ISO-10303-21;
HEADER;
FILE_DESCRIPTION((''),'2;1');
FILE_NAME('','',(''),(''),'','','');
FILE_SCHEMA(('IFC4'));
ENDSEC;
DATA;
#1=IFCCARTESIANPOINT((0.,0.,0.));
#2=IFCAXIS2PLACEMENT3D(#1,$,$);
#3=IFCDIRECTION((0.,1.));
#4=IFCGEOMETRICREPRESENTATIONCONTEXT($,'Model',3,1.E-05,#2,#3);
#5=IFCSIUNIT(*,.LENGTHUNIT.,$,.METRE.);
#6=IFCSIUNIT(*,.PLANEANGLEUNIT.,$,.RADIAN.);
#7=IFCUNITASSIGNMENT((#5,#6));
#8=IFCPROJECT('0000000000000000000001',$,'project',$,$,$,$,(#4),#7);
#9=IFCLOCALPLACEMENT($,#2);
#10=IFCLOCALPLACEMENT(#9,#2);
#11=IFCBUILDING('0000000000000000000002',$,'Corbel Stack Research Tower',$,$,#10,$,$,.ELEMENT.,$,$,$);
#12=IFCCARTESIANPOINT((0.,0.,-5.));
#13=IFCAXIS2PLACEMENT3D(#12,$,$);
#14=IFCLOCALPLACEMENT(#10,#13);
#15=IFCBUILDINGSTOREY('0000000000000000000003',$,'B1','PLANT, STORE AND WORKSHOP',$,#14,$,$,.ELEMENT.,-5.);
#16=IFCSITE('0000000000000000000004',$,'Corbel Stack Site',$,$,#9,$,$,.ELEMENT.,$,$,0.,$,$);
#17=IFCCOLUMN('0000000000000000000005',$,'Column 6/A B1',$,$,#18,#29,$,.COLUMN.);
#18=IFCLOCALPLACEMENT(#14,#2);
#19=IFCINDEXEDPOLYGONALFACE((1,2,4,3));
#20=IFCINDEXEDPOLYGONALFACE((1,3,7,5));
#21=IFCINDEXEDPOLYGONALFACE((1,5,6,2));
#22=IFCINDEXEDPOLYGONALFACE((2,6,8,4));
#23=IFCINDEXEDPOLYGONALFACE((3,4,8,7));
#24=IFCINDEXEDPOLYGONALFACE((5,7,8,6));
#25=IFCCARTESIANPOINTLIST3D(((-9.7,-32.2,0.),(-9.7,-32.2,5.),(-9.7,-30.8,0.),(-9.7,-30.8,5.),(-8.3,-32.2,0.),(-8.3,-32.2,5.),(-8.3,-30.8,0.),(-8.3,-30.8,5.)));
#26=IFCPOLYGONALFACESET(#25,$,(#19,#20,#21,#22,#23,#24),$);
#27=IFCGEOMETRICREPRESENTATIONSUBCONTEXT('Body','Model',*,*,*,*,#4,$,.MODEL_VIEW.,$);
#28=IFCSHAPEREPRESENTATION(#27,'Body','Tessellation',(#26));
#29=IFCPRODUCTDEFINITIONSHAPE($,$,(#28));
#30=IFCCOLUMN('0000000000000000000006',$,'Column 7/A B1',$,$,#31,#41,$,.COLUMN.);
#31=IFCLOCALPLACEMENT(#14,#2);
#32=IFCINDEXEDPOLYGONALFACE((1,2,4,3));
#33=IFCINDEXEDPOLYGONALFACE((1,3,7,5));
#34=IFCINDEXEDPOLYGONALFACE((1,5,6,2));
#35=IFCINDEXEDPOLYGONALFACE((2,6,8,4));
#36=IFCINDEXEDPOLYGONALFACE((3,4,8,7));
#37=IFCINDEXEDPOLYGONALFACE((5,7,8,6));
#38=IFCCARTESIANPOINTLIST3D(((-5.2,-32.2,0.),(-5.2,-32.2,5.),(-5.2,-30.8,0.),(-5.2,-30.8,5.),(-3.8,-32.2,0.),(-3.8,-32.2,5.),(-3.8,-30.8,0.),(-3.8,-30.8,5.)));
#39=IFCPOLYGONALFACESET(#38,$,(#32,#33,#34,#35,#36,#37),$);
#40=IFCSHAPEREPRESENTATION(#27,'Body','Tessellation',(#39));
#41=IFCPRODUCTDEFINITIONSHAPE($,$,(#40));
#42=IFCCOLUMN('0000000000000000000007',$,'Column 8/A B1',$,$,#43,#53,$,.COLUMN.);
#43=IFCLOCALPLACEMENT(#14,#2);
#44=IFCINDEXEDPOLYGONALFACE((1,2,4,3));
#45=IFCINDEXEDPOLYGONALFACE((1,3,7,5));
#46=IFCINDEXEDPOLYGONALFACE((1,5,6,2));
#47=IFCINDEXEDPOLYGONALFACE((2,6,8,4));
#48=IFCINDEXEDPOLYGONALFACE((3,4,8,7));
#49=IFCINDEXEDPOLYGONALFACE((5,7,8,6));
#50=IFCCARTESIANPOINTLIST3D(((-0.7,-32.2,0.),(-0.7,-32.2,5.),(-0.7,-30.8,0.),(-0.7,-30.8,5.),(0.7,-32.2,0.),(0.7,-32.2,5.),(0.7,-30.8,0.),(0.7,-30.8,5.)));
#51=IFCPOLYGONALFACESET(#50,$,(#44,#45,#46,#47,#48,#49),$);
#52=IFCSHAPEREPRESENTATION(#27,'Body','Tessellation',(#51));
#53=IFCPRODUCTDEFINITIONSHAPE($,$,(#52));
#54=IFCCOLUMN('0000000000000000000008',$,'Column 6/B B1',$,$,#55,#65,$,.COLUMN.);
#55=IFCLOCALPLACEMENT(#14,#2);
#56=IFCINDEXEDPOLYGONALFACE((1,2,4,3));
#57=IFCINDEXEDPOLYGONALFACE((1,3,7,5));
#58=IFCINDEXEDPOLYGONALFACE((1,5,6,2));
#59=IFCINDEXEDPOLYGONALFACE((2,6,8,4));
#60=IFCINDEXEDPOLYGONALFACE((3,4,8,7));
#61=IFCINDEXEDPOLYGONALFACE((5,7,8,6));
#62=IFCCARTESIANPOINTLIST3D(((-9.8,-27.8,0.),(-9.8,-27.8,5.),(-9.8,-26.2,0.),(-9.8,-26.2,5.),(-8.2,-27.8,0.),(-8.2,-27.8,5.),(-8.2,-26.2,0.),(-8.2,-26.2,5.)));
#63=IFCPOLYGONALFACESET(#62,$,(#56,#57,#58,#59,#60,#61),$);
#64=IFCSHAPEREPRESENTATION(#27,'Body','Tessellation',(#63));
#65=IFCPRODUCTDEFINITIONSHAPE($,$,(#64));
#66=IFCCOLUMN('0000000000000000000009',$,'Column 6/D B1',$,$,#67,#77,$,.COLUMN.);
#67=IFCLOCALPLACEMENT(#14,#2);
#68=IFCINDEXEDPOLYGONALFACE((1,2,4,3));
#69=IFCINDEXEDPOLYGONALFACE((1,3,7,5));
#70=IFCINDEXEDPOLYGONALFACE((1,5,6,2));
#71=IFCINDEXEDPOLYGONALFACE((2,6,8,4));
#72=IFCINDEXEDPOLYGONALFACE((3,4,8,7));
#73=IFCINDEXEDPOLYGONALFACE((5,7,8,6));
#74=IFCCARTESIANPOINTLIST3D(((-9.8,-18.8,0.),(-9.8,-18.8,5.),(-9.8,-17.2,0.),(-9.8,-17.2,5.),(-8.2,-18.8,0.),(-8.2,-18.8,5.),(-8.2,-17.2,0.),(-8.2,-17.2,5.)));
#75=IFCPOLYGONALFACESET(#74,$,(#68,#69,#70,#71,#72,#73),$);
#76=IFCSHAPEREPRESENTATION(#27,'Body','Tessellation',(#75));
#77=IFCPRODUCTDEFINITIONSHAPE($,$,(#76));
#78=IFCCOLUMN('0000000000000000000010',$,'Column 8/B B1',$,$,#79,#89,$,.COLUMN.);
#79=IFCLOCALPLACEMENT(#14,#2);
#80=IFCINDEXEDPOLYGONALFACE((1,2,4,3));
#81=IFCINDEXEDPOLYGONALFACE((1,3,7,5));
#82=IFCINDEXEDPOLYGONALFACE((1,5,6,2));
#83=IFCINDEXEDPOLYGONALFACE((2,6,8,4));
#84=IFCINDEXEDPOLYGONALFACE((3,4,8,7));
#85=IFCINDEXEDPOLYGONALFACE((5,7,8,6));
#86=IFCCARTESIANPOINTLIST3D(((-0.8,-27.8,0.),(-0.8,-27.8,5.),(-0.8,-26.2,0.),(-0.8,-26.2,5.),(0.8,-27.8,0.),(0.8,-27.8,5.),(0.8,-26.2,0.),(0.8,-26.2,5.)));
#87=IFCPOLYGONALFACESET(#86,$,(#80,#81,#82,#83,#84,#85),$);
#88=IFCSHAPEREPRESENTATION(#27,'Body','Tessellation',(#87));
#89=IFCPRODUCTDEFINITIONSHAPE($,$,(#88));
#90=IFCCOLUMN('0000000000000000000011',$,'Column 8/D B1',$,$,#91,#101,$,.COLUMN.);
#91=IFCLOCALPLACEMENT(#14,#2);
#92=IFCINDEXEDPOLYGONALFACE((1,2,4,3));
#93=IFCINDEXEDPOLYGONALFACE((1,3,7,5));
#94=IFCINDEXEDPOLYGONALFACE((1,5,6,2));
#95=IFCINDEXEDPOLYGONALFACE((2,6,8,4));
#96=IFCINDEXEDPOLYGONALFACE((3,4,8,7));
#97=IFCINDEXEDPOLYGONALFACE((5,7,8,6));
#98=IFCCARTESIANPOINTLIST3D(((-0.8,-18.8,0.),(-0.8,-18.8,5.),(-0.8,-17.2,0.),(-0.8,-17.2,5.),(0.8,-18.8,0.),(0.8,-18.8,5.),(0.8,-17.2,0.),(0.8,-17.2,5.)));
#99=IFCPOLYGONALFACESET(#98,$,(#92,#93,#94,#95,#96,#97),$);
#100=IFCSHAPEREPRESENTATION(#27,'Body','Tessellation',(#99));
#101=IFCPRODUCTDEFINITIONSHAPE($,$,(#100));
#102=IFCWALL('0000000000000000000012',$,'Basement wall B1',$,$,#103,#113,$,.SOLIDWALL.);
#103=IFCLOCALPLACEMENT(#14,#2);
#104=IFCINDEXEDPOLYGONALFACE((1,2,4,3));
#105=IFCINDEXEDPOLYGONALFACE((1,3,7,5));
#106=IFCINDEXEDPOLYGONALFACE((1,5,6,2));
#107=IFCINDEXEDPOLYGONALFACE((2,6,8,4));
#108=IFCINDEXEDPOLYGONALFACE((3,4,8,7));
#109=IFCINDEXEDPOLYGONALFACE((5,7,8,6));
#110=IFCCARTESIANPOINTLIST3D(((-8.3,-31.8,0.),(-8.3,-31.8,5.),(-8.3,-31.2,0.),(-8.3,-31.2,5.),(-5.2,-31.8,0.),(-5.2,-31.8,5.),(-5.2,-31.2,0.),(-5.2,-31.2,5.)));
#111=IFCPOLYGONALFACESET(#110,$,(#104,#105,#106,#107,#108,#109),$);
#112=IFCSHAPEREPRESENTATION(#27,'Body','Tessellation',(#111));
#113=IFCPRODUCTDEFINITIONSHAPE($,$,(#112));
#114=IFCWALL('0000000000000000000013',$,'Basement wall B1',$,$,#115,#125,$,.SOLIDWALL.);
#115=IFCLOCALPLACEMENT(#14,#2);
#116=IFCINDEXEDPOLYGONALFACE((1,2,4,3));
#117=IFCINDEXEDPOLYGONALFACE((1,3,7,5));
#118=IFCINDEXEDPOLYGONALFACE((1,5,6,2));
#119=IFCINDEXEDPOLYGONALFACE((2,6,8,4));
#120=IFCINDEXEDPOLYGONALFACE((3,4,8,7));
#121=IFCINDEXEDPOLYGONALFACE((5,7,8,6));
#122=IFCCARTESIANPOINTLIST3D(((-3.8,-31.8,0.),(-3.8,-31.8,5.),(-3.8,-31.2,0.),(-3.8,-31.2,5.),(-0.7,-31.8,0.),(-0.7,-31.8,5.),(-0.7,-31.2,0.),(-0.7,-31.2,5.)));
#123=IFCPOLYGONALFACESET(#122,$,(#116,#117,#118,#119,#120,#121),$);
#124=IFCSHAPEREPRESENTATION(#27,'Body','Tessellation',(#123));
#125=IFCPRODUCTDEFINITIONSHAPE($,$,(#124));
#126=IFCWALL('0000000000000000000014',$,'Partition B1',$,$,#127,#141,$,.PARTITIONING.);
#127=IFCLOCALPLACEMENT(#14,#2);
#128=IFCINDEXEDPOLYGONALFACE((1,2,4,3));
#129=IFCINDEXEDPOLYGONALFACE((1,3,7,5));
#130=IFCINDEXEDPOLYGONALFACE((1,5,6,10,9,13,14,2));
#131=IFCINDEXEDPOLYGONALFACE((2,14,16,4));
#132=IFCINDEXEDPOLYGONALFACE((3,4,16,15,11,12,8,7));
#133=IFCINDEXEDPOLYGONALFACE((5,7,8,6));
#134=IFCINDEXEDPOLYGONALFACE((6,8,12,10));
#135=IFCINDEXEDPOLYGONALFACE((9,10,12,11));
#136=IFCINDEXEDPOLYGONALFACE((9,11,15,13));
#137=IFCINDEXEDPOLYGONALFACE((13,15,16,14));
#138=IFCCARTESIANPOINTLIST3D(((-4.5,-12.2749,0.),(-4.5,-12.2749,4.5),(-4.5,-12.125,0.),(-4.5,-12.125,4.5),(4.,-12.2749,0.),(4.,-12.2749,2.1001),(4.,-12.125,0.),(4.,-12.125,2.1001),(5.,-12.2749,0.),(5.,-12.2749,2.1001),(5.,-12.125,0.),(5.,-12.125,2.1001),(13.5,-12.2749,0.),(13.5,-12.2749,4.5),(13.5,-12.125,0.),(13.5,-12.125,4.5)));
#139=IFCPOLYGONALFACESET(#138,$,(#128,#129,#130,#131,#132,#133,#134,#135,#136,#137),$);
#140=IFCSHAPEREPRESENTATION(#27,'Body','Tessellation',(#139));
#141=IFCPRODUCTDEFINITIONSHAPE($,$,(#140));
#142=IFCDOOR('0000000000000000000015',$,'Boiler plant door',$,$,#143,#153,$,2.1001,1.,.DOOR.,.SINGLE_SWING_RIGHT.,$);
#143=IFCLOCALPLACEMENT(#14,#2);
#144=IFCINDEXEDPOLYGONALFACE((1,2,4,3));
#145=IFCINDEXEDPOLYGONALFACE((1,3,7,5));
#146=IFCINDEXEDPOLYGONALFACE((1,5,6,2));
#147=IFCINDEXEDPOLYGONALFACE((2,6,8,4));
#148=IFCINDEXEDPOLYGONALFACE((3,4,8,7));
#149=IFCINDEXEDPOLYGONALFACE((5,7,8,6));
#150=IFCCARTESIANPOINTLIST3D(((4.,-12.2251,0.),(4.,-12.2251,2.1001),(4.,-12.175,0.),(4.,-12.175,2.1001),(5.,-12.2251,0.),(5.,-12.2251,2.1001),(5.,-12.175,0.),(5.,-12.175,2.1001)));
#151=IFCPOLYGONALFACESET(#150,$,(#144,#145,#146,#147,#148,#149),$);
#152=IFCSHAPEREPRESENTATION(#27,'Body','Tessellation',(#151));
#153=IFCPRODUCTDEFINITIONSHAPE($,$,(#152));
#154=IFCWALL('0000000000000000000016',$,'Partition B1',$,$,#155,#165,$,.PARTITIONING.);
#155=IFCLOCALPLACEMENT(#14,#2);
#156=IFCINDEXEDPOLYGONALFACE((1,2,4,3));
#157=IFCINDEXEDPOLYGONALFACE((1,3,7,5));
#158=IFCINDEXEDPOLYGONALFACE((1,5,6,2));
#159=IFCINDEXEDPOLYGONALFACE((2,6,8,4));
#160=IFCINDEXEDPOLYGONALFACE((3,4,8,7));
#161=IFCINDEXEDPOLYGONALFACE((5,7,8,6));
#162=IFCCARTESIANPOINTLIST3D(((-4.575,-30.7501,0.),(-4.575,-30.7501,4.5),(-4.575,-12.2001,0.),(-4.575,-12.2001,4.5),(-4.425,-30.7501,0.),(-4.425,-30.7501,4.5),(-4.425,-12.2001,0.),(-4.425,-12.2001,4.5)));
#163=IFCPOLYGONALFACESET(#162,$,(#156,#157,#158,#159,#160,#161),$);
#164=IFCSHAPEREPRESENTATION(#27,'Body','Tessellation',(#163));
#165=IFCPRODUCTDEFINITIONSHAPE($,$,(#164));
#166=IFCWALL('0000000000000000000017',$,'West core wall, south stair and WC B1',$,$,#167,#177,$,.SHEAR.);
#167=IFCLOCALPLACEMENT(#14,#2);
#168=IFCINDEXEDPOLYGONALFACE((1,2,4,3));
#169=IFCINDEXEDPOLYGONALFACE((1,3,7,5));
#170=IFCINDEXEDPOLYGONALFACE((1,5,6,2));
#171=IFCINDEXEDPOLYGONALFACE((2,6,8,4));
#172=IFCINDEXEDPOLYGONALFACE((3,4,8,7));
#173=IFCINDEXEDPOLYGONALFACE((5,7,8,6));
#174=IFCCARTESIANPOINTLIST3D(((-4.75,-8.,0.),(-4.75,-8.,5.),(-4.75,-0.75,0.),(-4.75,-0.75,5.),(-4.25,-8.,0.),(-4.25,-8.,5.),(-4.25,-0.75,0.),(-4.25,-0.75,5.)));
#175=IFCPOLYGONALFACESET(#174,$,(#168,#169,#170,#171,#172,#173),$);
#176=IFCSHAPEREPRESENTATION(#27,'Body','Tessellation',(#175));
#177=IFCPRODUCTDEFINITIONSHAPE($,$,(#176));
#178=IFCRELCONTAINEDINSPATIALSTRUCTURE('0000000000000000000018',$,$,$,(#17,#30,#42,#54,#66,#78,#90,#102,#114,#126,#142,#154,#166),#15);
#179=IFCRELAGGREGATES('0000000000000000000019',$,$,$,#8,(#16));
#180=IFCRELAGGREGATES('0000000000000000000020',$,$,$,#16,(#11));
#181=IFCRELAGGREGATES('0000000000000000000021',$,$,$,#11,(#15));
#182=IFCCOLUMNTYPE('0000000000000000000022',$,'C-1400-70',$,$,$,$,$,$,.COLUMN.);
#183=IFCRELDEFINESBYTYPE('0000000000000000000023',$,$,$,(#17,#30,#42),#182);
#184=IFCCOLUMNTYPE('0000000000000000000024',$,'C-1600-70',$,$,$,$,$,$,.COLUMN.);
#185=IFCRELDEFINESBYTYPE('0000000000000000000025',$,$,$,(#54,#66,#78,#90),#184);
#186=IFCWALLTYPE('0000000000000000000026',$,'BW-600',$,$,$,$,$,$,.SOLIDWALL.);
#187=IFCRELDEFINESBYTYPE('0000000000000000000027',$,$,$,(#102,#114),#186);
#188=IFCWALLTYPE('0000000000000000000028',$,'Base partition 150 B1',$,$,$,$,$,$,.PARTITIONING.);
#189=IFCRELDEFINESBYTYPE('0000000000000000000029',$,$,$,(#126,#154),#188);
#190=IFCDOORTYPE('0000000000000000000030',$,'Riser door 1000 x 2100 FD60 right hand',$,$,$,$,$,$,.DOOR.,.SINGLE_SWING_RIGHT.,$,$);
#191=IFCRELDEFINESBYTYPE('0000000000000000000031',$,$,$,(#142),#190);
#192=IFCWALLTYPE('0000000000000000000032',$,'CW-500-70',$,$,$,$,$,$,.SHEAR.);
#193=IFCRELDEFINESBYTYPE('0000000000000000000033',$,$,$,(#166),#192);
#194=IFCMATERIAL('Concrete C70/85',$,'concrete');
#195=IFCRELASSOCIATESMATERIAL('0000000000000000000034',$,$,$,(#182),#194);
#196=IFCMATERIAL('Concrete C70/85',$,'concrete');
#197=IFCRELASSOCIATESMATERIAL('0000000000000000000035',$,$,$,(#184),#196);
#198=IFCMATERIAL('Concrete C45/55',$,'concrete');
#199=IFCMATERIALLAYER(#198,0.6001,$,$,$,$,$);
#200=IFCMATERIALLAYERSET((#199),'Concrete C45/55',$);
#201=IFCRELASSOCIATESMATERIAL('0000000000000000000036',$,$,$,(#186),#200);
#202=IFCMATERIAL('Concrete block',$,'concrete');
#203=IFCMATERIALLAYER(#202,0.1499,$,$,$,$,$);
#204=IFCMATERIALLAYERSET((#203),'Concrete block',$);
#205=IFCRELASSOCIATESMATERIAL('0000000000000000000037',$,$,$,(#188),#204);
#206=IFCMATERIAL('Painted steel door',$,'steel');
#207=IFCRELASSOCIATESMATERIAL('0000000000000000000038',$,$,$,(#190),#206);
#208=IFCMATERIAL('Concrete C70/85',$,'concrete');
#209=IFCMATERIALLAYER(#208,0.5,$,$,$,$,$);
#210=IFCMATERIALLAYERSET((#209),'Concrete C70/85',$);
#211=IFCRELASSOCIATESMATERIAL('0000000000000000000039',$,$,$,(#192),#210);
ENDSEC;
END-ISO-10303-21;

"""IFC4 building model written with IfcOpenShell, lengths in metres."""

from ifc_helpers import new_model, si_unit, direction, frame, frame_2d, origin, origin_2d, place, context, subcontext, project, spatial, rectangle, extrude, material, layer, layer_set, material_profile, profile_set, type_object, element, fill, save


model = new_model("IFC4")

# Units and contexts
model_context = context("Model", 3, precision=1e-05, world=origin(), true_north=direction((0.0, 1.0)))
body_context = subcontext(model_context, "Body", "Model", "MODEL_VIEW")
ifc_project = project(units=[si_unit("LENGTHUNIT", "METRE"), si_unit("PLANEANGLEUNIT", "RADIAN")], contexts=[model_context])

# Site, building, storey
site_placement = place(None, origin())
site = spatial("IfcSite", under=ifc_project, at=site_placement, Name="Corbel Stack Site", CompositionType="ELEMENT", RefElevation=0.0)
building_placement = place(site_placement, origin())
building = spatial("IfcBuilding", under=site, at=building_placement, Name="Corbel Stack Research Tower", CompositionType="ELEMENT")
storey_placement = place(building_placement, frame((0.0, 0.0, -5.0)))
storey = spatial("IfcBuildingStorey", under=building, at=storey_placement, Name="B1", Description="PLANT, STORE AND WORKSHOP", CompositionType="ELEMENT", Elevation=-5.0)

# Columns
ifc_material_1 = material(Name="Concrete C70/85", Category="concrete")
ifc_material_profile_1 = material_profile(ifc_material_1, rectangle(XDim=1.3999, YDim=1.3999, at=origin_2d()), Name="RC 1400 x 1400")
ifc_profile_set_1 = profile_set([ifc_material_profile_1], Name="Concrete C70/85")
column_type_1 = type_object("IfcColumnType", Name="C-1400-70", PredefinedType="COLUMN", material=ifc_profile_set_1)
for number, where, z_axis, x_axis, name in (
    (1, (-9.0, -31.5, 0.0), (0.0, 0.0, 1.0), (1.0, 0.0, 0.0), "Column 6/A B1"),
    (2, (-4.5, -31.5, 0.0), (0.0, 0.0, 1.0), (1.0, 0.0, 0.0), "Column 7/A B1"),
    (3, (0.0, -31.5, 0.0), (0.0, 0.0, 1.0), (1.0, 0.0, 0.0), "Column 8/A B1"),
):
    element("IfcColumn", number, at=place(storey_placement, frame(where, z_axis=z_axis, x_axis=x_axis)), inside=storey, type_object=column_type_1, Name=name, PredefinedType="COLUMN", context=body_context, shape_type="SweptSolid", body=[
        extrude(rectangle(XDim=1.3999, YDim=1.3999, at=origin_2d()), origin(), (0.0, 0.0, 1.0), 5.0),
    ])
ifc_material_2 = material(Name="Concrete C70/85", Category="concrete")
ifc_material_profile_2 = material_profile(ifc_material_2, rectangle(XDim=1.6001, YDim=1.6001, at=origin_2d()), Name="RC 1600 x 1600")
ifc_profile_set_2 = profile_set([ifc_material_profile_2], Name="Concrete C70/85")
column_type_2 = type_object("IfcColumnType", Name="C-1600-70", PredefinedType="COLUMN", material=ifc_profile_set_2)
for number, where, z_axis, x_axis, name in (
    (4, (-9.0, -27.0, 0.0), (0.0, 0.0, 1.0), (1.0, 0.0, 0.0), "Column 6/B B1"),
    (5, (-9.0, -18.0, 0.0), (0.0, 0.0, 1.0), (1.0, 0.0, 0.0), "Column 6/D B1"),
    (6, (0.0, -27.0, 0.0), (0.0, 0.0, 1.0), (1.0, 0.0, 0.0), "Column 8/B B1"),
    (7, (0.0, -18.0, 0.0), (0.0, 0.0, 1.0), (1.0, 0.0, 0.0), "Column 8/D B1"),
):
    element("IfcColumn", number, at=place(storey_placement, frame(where, z_axis=z_axis, x_axis=x_axis)), inside=storey, type_object=column_type_2, Name=name, PredefinedType="COLUMN", context=body_context, shape_type="SweptSolid", body=[
        extrude(rectangle(XDim=1.6001, YDim=1.6001, at=origin_2d()), origin(), (0.0, 0.0, 1.0), 5.0),
    ])

# Walls
ifc_material_3 = material(Name="Concrete C45/55", Category="concrete")
ifc_layer_1 = layer(ifc_material_3, 0.6001)
ifc_layer_set_1 = layer_set([ifc_layer_1], Name="Concrete C45/55")
wall_type_1 = type_object("IfcWallType", Name="BW-600", PredefinedType="SOLIDWALL", material=ifc_layer_set_1)
for number, where, z_axis, x_axis, name in (
    (8, (-8.3, -31.5, 0.0), (0.0, 0.0, 1.0), (1.0, 0.0, 0.0), "Basement wall B1"),
    (9, (-3.8, -31.5, 0.0), (0.0, 0.0, 1.0), (1.0, 0.0, 0.0), "Basement wall B1"),
):
    element("IfcWall", number, at=place(storey_placement, frame(where, z_axis=z_axis, x_axis=x_axis)), inside=storey, type_object=wall_type_1, Name=name, PredefinedType="SOLIDWALL", context=body_context, shape_type="SweptSolid", body=[
        extrude(rectangle(XDim=3.1001, YDim=0.6001, at=frame_2d((1.55, 0.0))), origin(), (0.0, 0.0, 1.0), 5.0),
    ])

# Wall, opening, door
ifc_material_4 = material(Name="Concrete block", Category="concrete")
ifc_layer_2 = layer(ifc_material_4, 0.1499)
ifc_layer_set_2 = layer_set([ifc_layer_2], Name="Concrete block")
wall_type_2 = type_object("IfcWallType", Name="Base partition 150 B1", PredefinedType="PARTITIONING", material=ifc_layer_set_2)
wall_1_placement = place(storey_placement, frame((-4.5, -12.2, 0.0), z_axis=(0.0, 0.0, 1.0), x_axis=(1.0, 0.0, 0.0)))
wall_1 = element("IfcWall", 10, at=wall_1_placement, inside=storey, type_object=wall_type_2, Name="Partition B1", PredefinedType="PARTITIONING", context=body_context, shape_type="SweptSolid", body=[
    extrude(rectangle(XDim=18.0, YDim=0.1499, at=frame_2d((9.0, 0.0))), origin(), (0.0, 0.0, 1.0), 4.5),
])
opening_1_placement = place(wall_1_placement, frame((8.5, 0.0, 0.0)))
opening_1 = element("IfcOpeningElement", 11, at=opening_1_placement, cuts=wall_1, PredefinedType="OPENING", context=body_context, shape_type="SweptSolid", body=[
    extrude(rectangle(XDim=1.0, YDim=2.1001, at=frame_2d((0.5, 1.05))), frame((0.0, 0.085, 0.0), z_axis=(0.0, -1.0, 0.0), x_axis=(1.0, 0.0, 0.0)), (0.0, 0.0, 1.0), 0.1699),
])
ifc_material_5 = material(Name="Painted steel door", Category="steel")
door_type_1 = type_object("IfcDoorType", Name="Riser door 1000 x 2100 FD60 right hand", OperationType="SINGLE_SWING_RIGHT", PredefinedType="DOOR", material=ifc_material_5)
door_1_placement = place(opening_1_placement, origin())
door_1 = element("IfcDoor", 12, at=door_1_placement, inside=storey, type_object=door_type_1, Name="Boiler plant door", OperationType="SINGLE_SWING_RIGHT", OverallHeight=2.1001, OverallWidth=1.0, PredefinedType="DOOR", context=body_context, shape_type="SweptSolid", body=[
    extrude(rectangle(XDim=1.0, YDim=2.1001, at=frame_2d((0.5, 1.05))), frame((0.0, 0.0249, 0.0), z_axis=(0.0, -1.0, 0.0), x_axis=(1.0, 0.0, 0.0)), (0.0, 0.0, 1.0), 0.05),
])
fill(opening_1, door_1)

# Walls
wall_2_placement = place(storey_placement, frame((-4.5, -30.75, 0.0), z_axis=(0.0, 0.0, 1.0), x_axis=(0.0, 1.0, 0.0)))
element("IfcWall", 13, at=wall_2_placement, inside=storey, type_object=wall_type_2, Name="Partition B1", PredefinedType="PARTITIONING", context=body_context, shape_type="SweptSolid", body=[
    extrude(rectangle(XDim=18.55, YDim=0.1499, at=frame_2d((9.2749, 0.0))), origin(), (0.0, 0.0, 1.0), 4.5),
])
ifc_material_6 = material(Name="Concrete C70/85", Category="concrete")
ifc_layer_3 = layer(ifc_material_6, 0.5)
ifc_layer_set_3 = layer_set([ifc_layer_3], Name="Concrete C70/85")
wall_type_3 = type_object("IfcWallType", Name="CW-500-70", PredefinedType="SHEAR", material=ifc_layer_set_3)
wall_3_placement = place(storey_placement, frame((-4.5, -8.0, 0.0), z_axis=(0.0, 0.0, 1.0), x_axis=(0.0, 1.0, 0.0)))
element("IfcWall", 14, at=wall_3_placement, inside=storey, type_object=wall_type_3, Name="West core wall, south stair and WC B1", PredefinedType="SHEAR", context=body_context, shape_type="SweptSolid", body=[
    extrude(rectangle(XDim=7.25, YDim=0.5, at=frame_2d((3.625, 0.0))), origin(), (0.0, 0.0, 1.0), 5.0),
])

save(model, "model.ifc")
